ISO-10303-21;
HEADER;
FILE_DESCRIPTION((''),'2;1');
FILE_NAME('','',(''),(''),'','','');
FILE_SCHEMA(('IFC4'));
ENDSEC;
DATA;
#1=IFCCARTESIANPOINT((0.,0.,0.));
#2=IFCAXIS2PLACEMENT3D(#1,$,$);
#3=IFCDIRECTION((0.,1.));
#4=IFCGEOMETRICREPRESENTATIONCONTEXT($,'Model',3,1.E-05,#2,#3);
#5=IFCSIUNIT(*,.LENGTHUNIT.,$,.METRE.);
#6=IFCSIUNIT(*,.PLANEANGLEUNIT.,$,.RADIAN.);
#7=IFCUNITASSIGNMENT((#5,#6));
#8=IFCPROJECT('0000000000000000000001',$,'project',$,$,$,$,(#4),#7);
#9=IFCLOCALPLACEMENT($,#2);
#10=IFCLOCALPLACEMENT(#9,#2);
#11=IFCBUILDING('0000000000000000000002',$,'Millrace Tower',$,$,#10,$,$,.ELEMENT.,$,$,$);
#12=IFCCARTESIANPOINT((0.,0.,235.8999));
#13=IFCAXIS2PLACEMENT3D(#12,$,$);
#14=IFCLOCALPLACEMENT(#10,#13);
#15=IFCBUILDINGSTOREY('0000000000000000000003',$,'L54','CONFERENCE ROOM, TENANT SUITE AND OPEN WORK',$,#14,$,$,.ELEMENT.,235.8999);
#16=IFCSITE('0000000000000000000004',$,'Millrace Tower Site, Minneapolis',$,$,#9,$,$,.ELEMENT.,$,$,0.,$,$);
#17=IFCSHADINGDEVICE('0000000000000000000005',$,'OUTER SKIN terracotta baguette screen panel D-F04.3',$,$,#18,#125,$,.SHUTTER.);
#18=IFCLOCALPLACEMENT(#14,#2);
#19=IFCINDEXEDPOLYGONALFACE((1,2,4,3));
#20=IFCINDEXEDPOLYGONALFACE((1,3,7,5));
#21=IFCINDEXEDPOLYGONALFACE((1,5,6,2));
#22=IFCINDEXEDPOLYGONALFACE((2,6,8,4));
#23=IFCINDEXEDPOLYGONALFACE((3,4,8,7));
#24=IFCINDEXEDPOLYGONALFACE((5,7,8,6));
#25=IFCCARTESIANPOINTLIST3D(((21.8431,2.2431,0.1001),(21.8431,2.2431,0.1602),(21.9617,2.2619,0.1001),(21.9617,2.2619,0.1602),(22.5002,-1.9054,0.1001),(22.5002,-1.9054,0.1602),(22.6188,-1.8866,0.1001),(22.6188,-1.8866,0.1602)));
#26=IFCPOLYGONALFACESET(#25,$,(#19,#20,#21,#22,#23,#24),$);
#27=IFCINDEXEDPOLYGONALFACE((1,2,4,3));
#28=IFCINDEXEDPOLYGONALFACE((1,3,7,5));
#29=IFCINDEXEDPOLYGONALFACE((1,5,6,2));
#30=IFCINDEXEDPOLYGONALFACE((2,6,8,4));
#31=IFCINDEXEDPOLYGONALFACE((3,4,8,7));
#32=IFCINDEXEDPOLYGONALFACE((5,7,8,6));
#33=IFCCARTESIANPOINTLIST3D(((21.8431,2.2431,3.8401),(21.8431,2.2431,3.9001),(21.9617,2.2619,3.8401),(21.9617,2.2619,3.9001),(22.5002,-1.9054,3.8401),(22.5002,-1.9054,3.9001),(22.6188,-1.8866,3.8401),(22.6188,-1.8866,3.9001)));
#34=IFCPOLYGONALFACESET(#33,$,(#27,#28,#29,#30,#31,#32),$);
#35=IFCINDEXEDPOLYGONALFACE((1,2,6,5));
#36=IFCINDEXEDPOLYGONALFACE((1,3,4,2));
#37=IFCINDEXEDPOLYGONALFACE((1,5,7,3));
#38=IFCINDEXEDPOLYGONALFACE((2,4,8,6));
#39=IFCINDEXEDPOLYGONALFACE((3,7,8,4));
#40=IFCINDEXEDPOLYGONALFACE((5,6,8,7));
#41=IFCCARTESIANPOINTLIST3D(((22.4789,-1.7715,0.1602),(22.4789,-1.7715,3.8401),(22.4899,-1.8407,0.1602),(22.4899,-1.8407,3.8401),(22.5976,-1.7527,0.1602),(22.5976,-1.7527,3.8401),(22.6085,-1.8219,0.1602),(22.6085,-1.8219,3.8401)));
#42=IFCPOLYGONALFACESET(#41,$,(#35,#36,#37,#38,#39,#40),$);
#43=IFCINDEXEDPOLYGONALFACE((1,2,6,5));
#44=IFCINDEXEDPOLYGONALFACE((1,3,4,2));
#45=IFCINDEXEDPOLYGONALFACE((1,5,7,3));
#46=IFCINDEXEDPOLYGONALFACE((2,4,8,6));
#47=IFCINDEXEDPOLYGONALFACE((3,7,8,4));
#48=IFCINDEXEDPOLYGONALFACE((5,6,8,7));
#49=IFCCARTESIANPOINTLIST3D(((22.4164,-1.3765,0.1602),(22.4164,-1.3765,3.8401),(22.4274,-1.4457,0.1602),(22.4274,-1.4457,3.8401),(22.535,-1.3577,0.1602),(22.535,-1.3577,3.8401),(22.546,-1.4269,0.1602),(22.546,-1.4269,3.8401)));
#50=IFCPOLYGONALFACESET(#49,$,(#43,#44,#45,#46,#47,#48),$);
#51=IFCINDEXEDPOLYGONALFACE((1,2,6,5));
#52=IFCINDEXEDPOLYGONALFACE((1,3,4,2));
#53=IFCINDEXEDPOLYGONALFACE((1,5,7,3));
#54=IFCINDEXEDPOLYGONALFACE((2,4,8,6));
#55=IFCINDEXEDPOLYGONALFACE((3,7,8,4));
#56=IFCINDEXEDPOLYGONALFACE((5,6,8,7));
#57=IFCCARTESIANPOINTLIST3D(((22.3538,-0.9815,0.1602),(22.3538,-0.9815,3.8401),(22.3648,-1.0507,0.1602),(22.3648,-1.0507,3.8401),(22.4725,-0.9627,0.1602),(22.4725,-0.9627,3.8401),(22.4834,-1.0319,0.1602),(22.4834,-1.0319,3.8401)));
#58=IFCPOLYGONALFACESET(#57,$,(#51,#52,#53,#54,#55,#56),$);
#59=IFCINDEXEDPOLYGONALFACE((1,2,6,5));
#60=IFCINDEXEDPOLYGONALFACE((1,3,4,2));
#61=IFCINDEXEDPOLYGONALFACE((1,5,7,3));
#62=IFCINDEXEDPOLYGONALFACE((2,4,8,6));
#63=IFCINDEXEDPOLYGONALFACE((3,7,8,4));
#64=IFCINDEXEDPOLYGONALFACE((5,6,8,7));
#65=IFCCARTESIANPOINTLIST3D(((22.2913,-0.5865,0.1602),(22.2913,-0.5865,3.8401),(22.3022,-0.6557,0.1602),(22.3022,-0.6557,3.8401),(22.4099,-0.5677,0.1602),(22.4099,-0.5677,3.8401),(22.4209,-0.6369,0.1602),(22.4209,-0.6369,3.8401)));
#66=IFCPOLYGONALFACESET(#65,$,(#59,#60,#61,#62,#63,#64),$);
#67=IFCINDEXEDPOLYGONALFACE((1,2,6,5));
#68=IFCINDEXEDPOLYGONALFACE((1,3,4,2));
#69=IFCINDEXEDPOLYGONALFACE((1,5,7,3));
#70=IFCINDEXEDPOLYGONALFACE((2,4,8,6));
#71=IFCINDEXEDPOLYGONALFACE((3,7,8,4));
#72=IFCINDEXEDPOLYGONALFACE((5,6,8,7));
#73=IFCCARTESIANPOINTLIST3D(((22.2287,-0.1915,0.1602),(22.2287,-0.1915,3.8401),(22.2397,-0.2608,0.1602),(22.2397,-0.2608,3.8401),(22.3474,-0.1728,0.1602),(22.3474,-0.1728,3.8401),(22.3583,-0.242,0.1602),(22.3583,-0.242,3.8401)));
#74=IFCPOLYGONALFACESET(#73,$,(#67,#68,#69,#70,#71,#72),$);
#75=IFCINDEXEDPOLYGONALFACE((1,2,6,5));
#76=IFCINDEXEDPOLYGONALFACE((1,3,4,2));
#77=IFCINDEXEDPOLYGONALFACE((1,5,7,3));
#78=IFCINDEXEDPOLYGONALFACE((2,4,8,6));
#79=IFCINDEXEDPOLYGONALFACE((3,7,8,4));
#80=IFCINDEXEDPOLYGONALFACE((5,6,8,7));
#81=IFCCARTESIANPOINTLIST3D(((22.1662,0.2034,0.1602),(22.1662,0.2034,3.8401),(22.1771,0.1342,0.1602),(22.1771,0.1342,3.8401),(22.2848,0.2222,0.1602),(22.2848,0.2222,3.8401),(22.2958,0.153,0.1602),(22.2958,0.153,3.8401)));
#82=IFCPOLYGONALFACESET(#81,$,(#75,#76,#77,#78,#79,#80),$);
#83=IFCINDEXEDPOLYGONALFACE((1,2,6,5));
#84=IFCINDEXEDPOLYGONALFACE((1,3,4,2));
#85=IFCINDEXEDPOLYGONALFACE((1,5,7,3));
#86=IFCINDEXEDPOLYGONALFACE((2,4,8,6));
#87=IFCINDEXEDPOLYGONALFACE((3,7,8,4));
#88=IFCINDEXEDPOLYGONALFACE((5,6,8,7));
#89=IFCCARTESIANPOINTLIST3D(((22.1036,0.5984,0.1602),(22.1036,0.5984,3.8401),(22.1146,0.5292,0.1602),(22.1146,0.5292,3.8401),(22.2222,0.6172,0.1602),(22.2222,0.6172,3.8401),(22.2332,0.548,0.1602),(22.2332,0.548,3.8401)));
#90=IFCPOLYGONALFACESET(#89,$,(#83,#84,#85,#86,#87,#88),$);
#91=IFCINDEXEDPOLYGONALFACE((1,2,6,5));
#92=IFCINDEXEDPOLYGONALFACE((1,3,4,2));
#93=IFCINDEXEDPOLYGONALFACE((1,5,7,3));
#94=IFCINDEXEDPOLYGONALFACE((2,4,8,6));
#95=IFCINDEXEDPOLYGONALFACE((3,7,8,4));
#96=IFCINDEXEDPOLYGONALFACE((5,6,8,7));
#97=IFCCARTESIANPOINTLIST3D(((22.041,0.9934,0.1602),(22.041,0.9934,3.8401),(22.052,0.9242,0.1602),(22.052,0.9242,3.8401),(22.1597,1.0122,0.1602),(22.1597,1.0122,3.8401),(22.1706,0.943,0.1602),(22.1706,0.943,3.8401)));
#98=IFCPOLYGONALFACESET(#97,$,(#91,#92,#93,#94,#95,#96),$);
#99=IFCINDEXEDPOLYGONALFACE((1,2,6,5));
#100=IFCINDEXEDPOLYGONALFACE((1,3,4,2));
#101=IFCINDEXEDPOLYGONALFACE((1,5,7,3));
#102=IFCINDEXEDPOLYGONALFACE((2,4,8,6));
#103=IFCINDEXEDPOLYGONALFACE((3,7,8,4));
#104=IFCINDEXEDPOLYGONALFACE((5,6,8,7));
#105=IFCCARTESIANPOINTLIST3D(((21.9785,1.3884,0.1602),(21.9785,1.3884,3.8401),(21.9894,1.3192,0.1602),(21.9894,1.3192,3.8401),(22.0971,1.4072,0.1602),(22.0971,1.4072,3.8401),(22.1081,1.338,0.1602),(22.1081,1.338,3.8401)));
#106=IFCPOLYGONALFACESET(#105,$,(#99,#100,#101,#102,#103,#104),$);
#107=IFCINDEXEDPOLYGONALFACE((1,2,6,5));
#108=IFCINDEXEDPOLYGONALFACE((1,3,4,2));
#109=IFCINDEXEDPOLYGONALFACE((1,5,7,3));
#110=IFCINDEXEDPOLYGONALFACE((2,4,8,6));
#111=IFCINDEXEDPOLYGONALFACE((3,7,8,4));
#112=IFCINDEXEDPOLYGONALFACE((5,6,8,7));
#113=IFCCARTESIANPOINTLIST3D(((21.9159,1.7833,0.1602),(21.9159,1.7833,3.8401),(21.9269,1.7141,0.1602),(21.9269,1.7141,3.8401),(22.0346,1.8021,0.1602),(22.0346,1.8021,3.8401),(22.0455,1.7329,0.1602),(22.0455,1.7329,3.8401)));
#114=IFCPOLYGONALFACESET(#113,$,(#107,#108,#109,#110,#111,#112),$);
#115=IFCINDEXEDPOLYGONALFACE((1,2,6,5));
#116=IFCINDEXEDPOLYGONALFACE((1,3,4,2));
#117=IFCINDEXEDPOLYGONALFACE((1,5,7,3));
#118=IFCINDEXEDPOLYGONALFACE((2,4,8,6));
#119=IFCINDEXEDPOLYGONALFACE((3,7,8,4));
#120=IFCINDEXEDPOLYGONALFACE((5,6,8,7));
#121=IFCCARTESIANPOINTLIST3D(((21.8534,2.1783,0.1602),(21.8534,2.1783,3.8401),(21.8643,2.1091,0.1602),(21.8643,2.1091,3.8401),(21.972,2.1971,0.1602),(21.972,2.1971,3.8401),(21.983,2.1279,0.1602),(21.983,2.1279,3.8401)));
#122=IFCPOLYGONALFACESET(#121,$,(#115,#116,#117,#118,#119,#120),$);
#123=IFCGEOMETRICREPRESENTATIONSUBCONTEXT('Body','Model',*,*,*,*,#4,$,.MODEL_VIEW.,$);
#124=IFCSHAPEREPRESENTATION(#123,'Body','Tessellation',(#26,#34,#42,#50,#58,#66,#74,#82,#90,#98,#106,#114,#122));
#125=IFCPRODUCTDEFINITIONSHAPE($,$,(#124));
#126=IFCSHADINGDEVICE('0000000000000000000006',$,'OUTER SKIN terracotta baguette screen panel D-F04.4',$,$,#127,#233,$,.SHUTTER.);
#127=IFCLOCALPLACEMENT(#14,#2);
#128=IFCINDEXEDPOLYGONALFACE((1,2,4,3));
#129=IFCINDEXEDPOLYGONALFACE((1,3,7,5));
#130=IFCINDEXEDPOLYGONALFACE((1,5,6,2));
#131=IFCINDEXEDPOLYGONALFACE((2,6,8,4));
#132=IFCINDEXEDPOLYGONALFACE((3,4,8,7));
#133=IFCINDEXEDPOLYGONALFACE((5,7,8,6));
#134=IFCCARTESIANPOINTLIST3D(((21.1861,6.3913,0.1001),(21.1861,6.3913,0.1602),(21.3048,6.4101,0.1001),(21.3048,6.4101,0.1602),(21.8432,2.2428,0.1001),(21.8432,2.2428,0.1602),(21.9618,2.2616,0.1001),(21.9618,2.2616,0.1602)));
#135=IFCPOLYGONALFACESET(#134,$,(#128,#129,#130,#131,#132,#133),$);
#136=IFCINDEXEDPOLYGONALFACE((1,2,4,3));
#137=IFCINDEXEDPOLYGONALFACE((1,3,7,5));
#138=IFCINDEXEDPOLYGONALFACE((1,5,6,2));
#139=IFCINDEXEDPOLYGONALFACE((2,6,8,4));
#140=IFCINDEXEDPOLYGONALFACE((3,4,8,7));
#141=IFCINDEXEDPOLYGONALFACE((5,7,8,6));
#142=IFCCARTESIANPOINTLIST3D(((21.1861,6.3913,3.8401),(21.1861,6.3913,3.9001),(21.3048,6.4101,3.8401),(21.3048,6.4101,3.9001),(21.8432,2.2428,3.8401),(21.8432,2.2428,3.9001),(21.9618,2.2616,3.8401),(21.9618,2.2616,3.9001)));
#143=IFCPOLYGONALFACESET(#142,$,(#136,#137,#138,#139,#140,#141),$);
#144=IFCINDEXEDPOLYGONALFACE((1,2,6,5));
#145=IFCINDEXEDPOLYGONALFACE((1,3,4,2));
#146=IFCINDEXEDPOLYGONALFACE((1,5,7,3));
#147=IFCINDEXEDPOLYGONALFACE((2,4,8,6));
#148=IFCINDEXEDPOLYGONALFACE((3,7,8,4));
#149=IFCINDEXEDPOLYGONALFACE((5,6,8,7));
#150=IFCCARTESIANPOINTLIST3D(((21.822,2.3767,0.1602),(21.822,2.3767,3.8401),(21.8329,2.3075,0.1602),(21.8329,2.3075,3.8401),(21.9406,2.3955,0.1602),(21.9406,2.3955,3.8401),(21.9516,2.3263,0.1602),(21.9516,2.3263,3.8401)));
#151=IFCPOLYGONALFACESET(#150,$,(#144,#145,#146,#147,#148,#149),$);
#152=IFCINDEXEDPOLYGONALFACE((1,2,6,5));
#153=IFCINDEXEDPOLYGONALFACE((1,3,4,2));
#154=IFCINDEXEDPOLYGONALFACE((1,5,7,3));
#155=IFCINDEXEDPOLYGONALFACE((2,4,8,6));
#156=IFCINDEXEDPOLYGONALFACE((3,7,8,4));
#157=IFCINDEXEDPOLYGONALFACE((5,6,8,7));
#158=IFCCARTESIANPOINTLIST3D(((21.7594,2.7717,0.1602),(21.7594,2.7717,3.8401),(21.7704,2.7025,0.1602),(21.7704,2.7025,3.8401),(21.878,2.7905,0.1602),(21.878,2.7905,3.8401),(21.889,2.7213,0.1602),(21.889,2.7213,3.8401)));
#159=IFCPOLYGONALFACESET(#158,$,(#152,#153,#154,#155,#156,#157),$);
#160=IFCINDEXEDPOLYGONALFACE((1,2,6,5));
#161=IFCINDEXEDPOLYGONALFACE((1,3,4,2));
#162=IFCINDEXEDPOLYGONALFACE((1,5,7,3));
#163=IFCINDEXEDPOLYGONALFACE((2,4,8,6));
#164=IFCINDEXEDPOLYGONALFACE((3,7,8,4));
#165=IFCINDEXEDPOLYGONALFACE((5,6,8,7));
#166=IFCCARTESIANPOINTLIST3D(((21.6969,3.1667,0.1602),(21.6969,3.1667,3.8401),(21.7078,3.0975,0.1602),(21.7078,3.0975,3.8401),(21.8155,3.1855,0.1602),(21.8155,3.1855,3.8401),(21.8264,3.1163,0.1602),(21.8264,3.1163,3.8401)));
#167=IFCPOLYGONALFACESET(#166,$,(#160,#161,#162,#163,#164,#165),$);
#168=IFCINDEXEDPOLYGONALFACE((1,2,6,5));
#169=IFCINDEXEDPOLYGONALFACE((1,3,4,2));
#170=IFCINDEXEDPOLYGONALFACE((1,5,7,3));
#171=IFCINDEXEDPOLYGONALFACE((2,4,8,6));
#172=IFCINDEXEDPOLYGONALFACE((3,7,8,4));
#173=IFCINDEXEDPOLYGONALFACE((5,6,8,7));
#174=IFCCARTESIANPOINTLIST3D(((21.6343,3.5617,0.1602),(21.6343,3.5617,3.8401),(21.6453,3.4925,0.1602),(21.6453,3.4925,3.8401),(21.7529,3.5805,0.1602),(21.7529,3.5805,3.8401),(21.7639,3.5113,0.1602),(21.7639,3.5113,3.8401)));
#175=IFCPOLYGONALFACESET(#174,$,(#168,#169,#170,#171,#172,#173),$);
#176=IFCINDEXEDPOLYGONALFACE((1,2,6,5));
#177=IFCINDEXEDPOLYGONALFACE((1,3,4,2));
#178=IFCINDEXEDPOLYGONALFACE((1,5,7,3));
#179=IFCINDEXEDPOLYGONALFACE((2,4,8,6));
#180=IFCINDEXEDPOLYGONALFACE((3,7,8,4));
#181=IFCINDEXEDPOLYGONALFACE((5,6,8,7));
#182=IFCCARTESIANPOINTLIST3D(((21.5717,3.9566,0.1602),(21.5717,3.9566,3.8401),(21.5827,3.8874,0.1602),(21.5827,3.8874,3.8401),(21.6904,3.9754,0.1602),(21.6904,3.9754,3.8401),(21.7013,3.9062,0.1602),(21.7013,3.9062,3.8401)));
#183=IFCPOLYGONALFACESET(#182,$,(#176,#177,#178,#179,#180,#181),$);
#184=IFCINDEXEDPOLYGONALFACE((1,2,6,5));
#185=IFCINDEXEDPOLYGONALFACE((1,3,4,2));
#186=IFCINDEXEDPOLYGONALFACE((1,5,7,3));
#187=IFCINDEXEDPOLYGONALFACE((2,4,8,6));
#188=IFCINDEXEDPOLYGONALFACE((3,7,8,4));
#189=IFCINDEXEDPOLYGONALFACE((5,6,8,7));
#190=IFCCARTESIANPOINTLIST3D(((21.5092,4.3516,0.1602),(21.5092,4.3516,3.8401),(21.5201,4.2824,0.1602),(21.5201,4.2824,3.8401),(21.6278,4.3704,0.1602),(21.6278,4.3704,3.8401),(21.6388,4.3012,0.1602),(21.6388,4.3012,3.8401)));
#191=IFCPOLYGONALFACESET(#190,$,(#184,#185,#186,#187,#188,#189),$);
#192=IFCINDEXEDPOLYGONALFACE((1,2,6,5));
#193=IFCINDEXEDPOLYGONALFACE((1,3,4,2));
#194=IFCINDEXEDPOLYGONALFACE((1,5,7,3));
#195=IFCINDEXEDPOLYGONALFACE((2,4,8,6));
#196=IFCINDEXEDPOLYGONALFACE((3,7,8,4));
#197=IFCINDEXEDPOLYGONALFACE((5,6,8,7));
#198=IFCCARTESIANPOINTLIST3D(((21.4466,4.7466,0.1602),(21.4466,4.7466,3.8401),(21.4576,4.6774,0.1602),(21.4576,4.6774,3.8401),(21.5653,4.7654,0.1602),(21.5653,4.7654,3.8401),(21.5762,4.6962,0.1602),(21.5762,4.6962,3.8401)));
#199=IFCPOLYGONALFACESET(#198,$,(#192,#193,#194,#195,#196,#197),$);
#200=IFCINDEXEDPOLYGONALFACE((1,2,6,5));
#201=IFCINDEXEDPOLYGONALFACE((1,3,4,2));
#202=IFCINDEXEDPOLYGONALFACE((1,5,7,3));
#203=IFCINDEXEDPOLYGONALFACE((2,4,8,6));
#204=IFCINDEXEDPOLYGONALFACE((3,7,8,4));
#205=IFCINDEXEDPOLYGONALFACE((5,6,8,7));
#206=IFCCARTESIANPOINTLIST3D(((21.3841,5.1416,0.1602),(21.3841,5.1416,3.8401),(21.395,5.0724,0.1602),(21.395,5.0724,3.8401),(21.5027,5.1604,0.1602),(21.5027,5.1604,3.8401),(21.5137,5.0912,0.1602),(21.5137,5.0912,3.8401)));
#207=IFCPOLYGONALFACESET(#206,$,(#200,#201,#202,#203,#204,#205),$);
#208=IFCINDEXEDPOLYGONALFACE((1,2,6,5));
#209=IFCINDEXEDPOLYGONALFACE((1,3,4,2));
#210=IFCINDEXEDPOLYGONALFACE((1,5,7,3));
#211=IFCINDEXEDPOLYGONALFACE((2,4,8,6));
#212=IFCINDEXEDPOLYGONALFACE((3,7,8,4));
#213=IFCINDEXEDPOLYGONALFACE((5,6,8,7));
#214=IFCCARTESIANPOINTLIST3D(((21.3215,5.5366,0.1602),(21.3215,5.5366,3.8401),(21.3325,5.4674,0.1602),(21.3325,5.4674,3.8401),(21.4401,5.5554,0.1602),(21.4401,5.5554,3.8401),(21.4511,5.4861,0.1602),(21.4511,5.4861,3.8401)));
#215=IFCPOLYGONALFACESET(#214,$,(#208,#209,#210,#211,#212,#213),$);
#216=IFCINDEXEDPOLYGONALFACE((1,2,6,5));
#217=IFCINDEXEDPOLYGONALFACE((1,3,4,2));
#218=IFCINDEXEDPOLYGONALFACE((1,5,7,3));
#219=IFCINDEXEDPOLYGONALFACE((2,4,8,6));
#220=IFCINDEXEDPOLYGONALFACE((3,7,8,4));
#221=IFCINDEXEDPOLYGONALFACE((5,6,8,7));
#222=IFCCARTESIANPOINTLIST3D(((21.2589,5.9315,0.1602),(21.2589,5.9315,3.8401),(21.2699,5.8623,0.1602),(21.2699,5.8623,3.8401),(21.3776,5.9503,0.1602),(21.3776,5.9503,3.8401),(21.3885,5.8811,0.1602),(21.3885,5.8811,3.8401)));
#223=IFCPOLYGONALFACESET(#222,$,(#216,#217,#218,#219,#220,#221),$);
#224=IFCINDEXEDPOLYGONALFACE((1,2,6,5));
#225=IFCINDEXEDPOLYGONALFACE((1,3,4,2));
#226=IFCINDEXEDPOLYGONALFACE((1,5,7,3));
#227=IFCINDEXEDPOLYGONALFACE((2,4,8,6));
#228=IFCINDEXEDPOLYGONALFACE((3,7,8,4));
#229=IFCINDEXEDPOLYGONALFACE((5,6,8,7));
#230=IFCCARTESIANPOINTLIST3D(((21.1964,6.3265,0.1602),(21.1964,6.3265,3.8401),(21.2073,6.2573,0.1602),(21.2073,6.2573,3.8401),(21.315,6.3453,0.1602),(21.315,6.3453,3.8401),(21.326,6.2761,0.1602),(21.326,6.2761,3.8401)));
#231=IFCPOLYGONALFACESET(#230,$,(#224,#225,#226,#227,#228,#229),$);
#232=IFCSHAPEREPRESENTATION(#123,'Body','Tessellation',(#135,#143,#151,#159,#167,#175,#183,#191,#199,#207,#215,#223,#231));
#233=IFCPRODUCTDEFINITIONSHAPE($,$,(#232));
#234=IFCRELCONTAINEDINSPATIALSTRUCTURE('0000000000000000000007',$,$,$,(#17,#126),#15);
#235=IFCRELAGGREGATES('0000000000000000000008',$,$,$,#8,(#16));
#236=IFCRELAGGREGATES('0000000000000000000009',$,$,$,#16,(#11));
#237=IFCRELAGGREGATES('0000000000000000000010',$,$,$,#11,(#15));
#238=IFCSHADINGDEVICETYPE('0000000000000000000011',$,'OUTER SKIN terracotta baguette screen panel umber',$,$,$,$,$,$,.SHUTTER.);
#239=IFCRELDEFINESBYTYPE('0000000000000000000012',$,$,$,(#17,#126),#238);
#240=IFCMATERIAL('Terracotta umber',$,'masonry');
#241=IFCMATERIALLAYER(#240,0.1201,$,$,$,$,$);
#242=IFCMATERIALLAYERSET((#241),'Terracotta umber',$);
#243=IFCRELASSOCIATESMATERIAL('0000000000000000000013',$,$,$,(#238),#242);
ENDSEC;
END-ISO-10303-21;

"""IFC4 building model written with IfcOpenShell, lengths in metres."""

from ifc_helpers import new_model, entity, si_unit, direction, frame, frame_2d, origin, origin_2d, place, context, subcontext, project, spatial, rectangle, extrude, source, transform, mapped, material, layer, layer_set, type_object, element, save


model = new_model("IFC4")

# Units and contexts
model_context = context("Model", 3, precision=1e-05, world=origin(), true_north=direction((0.0, 1.0)))
body_context = subcontext(model_context, "Body", "Model", "MODEL_VIEW")
ifc_project = project(units=[si_unit("LENGTHUNIT", "METRE"), si_unit("PLANEANGLEUNIT", "RADIAN")], contexts=[model_context])

# Site, building, storey
site_placement = place(None, origin())
site = spatial("IfcSite", under=ifc_project, at=site_placement, Name="Millrace Tower Site, Minneapolis", CompositionType="ELEMENT", RefElevation=0.0)
building_placement = place(site_placement, origin())
building = spatial("IfcBuilding", under=site, at=building_placement, Name="Millrace Tower", CompositionType="ELEMENT")
storey_placement = place(building_placement, frame((0.0, 0.0, 235.8999)))
storey = spatial("IfcBuildingStorey", under=building, at=storey_placement, Name="L54", Description="CONFERENCE ROOM, TENANT SUITE AND OPEN WORK", CompositionType="ELEMENT", Elevation=235.8999)

# Shading devices
ifc_material_1 = material(Name="Terracotta umber", Category="masonry")
ifc_layer_1 = layer(ifc_material_1, 0.1201)
ifc_layer_set_1 = layer_set([ifc_layer_1], Name="Terracotta umber")
shading_device_type = type_object("IfcShadingDeviceType", Name="OUTER SKIN terracotta baguette screen panel umber", PredefinedType="SHUTTER", material=ifc_layer_set_1)
cartesian_point = entity("IfcCartesianPoint", [-2.1001, 0.0601])
shared_polyline = entity("IfcPolyline", [cartesian_point, entity("IfcCartesianPoint", [2.1001, 0.0601]), entity("IfcCartesianPoint", [2.1001, -0.0601]), entity("IfcCartesianPoint", [-2.1001, -0.0601]), cartesian_point])
shared_shape = source(origin(), body_context, "Body", "SweptSolid", [
    entity("IfcExtrudedAreaSolid", entity("IfcArbitraryClosedProfileDef", "AREA", None, shared_polyline), entity("IfcAxis2Placement3D", entity("IfcCartesianPoint", [0.0, 0.0, 0.0])), entity("IfcDirection", [0.0, 0.0, 1.0]), 0.0601),
    entity("IfcExtrudedAreaSolid", entity("IfcArbitraryClosedProfileDef", "AREA", None, shared_polyline), entity("IfcAxis2Placement3D", entity("IfcCartesianPoint", [0.0, 0.0, 3.74])), entity("IfcDirection", [0.0, 0.0, 1.0]), 0.0601),
    extrude(rectangle(XDim=0.0701, YDim=0.1201, at=frame_2d((-1.9995, 0.0))), frame((0.0, 0.0, 0.0601)), (0.0, 0.0, 1.0), 3.6799),
    extrude(rectangle(XDim=0.0701, YDim=0.1201, at=frame_2d((-1.5996, 0.0))), frame((0.0, 0.0, 0.0601)), (0.0, 0.0, 1.0), 3.6799),
    extrude(rectangle(XDim=0.0701, YDim=0.1201, at=frame_2d((-1.1997, 0.0))), frame((0.0, 0.0, 0.0601)), (0.0, 0.0, 1.0), 3.6799),
    extrude(rectangle(XDim=0.0701, YDim=0.1201, at=frame_2d((-0.7998, 0.0))), frame((0.0, 0.0, 0.0601)), (0.0, 0.0, 1.0), 3.6799),
    extrude(rectangle(XDim=0.0701, YDim=0.1201, at=frame_2d((-0.3999, 0.0))), frame((0.0, 0.0, 0.0601)), (0.0, 0.0, 1.0), 3.6799),
    extrude(rectangle(XDim=0.0701, YDim=0.1201, at=origin_2d()), frame((0.0, 0.0, 0.0601)), (0.0, 0.0, 1.0), 3.6799),
    extrude(rectangle(XDim=0.0701, YDim=0.1201, at=frame_2d((0.3999, 0.0))), frame((0.0, 0.0, 0.0601)), (0.0, 0.0, 1.0), 3.6799),
    extrude(rectangle(XDim=0.0701, YDim=0.1201, at=frame_2d((0.7998, 0.0))), frame((0.0, 0.0, 0.0601)), (0.0, 0.0, 1.0), 3.6799),
    extrude(rectangle(XDim=0.0701, YDim=0.1201, at=frame_2d((1.1997, 0.0))), frame((0.0, 0.0, 0.0601)), (0.0, 0.0, 1.0), 3.6799),
    extrude(rectangle(XDim=0.0701, YDim=0.1201, at=frame_2d((1.5996, 0.0))), frame((0.0, 0.0, 0.0601)), (0.0, 0.0, 1.0), 3.6799),
    extrude(rectangle(XDim=0.0701, YDim=0.1201, at=frame_2d((1.9995, 0.0))), frame((0.0, 0.0, 0.0601)), (0.0, 0.0, 1.0), 3.6799),
])
for number, where, z_axis, x_axis, name in (
    (1, (22.231, 0.1782, 0.1001), (0.0, 0.0, 1.0), (-0.156434, 0.987688, 0.0), "OUTER SKIN terracotta baguette screen panel D-F04.3"),
    (2, (21.574, 4.3264, 0.1001), (0.0, 0.0, 1.0), (-0.156434, 0.987688, 0.0), "OUTER SKIN terracotta baguette screen panel D-F04.4"),
):
    element("IfcShadingDevice", number, at=place(storey_placement, frame(where, z_axis=z_axis, x_axis=x_axis)), inside=storey, type_object=shading_device_type, Name=name, PredefinedType="SHUTTER", context=body_context, shape_type="MappedRepresentation", body=[
        mapped(shared_shape, transform((0.0, 0.0, 0.0), scale=1.0)),
    ])

save(model, "model.ifc")
